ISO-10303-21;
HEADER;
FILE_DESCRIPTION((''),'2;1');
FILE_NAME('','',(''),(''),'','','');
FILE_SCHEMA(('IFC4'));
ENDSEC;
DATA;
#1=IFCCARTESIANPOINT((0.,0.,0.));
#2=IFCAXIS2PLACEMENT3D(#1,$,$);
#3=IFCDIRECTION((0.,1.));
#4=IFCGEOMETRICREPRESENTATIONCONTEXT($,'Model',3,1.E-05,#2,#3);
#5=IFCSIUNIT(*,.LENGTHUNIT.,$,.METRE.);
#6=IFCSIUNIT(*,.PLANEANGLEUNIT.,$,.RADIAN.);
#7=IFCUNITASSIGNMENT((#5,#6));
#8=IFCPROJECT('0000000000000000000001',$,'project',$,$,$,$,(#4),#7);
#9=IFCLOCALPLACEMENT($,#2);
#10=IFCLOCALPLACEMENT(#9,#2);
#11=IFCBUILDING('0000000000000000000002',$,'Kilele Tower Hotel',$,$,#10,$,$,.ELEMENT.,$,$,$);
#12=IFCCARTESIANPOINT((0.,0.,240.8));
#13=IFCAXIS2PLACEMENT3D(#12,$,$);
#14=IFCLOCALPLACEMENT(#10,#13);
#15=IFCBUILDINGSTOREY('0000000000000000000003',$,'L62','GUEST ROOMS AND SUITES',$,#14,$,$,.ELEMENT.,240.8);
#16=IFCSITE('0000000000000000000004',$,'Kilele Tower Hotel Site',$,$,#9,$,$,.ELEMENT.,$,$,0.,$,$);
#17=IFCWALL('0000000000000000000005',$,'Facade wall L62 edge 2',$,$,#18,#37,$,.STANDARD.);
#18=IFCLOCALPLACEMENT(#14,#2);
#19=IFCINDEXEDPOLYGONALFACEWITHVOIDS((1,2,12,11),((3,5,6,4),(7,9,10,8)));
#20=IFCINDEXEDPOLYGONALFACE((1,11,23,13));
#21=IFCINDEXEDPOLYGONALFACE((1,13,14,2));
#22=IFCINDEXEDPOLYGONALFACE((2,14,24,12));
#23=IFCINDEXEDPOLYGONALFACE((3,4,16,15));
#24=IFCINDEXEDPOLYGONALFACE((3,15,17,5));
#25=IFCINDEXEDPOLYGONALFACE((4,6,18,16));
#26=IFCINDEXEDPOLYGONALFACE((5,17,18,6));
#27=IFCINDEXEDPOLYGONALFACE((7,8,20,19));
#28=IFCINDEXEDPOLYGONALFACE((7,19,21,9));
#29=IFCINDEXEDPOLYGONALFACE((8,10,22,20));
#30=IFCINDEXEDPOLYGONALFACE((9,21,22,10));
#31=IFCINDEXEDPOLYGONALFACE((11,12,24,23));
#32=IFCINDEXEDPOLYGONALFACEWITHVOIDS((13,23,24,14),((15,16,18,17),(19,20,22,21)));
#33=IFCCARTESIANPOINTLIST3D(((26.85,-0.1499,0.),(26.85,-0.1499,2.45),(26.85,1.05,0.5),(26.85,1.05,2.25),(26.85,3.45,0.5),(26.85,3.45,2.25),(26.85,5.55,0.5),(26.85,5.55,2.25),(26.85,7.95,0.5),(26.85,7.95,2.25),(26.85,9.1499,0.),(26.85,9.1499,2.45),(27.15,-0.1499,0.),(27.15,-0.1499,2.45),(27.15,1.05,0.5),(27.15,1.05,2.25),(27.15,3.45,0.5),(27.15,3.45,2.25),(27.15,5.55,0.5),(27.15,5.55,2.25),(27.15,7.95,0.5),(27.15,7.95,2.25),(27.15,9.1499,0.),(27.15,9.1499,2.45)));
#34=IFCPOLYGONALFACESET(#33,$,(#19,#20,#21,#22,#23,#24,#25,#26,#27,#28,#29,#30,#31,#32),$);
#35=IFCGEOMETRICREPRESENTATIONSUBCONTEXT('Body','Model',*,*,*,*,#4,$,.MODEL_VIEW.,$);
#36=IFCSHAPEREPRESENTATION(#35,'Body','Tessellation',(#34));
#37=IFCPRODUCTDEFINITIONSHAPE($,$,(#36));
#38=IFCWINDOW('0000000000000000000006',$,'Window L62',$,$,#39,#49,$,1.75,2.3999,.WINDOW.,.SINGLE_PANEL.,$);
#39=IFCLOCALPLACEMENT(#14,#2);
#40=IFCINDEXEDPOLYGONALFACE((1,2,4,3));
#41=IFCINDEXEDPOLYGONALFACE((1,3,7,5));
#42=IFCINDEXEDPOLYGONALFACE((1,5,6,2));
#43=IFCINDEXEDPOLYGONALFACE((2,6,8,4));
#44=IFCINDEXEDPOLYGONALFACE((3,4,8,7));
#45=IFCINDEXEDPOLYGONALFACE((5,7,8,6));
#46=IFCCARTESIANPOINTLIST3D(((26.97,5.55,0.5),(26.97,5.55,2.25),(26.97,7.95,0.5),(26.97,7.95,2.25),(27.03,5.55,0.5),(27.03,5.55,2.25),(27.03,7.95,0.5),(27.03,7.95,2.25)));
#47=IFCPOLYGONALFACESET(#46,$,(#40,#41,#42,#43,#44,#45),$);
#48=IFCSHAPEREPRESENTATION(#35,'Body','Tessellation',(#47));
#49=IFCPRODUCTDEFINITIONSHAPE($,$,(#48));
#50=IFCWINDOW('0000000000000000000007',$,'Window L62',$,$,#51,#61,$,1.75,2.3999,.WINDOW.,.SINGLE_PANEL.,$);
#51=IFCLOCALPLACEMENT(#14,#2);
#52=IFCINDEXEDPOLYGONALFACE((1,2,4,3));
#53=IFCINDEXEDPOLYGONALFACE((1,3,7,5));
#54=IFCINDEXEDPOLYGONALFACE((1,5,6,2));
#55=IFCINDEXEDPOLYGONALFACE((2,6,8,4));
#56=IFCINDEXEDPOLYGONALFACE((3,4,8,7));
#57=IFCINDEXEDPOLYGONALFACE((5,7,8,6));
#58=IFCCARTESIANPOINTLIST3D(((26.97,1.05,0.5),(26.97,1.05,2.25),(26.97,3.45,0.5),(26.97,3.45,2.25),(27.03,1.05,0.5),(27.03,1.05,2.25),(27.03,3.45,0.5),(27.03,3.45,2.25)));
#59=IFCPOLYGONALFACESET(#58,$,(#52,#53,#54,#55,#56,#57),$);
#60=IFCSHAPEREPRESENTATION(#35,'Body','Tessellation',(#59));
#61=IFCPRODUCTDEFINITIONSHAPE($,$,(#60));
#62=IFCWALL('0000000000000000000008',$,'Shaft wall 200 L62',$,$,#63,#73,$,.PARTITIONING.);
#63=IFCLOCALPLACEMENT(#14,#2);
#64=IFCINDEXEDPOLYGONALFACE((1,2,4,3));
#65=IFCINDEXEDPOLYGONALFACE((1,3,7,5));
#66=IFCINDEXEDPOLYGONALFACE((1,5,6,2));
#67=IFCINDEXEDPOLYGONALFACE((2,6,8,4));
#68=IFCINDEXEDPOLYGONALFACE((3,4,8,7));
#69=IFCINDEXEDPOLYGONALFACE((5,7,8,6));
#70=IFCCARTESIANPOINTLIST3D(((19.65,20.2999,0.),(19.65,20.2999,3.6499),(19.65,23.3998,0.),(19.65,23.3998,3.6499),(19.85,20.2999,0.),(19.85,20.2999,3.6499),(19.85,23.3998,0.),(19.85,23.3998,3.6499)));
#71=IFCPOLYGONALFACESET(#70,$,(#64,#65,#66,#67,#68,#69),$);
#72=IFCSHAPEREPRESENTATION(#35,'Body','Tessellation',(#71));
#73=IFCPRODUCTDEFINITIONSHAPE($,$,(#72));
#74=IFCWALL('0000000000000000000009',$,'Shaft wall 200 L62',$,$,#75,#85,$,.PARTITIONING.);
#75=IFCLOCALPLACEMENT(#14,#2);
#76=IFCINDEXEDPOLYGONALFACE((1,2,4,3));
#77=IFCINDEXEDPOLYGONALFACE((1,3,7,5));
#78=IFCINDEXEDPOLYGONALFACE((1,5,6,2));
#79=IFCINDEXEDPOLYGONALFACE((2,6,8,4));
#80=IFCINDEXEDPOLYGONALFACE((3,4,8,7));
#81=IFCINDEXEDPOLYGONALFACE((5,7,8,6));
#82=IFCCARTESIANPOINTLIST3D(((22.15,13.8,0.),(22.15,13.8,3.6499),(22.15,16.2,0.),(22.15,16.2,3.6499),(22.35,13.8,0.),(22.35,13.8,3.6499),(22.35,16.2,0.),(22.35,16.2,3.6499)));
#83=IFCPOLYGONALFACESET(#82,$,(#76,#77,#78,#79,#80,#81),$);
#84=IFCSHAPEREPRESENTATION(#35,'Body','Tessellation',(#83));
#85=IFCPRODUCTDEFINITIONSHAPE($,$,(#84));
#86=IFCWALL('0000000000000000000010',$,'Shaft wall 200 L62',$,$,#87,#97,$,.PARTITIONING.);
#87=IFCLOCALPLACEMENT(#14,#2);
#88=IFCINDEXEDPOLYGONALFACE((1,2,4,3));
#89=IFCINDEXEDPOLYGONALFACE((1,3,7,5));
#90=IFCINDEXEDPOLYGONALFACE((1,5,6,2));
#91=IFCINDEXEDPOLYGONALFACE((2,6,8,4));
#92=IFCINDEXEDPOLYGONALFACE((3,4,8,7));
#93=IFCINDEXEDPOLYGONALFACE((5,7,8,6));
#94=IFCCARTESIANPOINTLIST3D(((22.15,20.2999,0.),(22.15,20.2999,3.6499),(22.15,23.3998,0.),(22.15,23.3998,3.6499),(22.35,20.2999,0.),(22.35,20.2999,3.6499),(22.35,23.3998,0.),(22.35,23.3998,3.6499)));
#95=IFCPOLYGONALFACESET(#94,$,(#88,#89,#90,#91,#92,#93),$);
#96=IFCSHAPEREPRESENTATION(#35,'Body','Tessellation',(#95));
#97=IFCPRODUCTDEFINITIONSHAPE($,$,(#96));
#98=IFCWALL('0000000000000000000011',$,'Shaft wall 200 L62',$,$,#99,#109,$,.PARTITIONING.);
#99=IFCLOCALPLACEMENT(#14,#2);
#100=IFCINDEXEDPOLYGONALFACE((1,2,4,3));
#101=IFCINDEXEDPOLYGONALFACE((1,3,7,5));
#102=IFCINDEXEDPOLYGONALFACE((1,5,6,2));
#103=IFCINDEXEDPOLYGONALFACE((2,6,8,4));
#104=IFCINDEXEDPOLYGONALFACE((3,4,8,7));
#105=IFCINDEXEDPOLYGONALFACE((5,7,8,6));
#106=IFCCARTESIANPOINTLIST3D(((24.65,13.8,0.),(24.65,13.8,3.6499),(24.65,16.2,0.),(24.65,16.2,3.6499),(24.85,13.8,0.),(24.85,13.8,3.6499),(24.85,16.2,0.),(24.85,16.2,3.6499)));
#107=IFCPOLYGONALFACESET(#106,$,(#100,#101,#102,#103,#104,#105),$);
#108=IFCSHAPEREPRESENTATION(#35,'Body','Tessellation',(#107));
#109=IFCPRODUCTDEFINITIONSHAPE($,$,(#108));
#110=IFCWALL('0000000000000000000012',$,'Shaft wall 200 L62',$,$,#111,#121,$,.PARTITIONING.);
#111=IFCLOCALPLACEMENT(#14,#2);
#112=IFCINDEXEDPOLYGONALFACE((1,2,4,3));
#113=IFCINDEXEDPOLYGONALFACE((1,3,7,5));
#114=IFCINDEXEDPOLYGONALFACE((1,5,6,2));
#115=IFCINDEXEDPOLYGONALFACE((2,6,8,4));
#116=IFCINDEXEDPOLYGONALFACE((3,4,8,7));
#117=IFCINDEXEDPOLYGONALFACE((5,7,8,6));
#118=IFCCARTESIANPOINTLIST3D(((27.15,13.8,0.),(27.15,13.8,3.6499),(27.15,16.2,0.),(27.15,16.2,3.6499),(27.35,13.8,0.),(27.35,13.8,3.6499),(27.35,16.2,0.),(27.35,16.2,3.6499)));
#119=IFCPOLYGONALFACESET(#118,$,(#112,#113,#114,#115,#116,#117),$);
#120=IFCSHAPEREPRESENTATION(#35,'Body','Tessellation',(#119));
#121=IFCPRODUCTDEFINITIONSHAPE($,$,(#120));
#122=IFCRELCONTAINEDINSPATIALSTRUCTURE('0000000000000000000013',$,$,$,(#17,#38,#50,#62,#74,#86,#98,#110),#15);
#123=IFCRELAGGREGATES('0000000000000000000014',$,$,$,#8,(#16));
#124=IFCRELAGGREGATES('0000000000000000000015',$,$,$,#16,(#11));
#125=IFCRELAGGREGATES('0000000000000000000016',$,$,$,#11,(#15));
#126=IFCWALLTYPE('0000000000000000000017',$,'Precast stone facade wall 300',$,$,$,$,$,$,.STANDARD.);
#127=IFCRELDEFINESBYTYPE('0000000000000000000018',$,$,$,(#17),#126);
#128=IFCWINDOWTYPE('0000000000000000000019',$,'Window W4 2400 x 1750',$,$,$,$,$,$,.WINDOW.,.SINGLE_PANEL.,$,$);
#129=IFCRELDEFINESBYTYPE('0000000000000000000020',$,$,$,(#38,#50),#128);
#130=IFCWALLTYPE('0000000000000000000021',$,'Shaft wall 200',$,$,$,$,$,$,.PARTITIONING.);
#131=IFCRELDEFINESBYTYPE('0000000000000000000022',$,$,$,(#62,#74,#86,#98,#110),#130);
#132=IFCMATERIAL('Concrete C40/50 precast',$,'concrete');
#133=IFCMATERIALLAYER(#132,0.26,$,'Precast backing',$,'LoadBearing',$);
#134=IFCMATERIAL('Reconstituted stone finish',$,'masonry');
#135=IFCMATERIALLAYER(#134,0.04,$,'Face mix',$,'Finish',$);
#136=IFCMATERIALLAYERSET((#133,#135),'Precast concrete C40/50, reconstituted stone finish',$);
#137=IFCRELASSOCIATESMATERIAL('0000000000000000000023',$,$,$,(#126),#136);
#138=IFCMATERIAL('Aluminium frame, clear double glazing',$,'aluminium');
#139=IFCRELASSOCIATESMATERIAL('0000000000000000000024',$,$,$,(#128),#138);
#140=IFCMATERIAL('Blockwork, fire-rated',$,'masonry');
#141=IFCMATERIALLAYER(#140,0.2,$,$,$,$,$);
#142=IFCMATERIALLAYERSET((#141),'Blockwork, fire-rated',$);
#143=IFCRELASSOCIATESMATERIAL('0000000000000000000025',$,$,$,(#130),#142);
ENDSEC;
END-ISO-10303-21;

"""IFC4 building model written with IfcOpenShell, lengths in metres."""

from ifc_helpers import new_model, si_unit, direction, frame, frame_2d, origin, place, context, subcontext, project, spatial, rectangle, extrude, material, layer, layer_set, type_object, element, fill, save


model = new_model("IFC4")

# Units and contexts
model_context = context("Model", 3, precision=1e-05, world=origin(), true_north=direction((0.0, 1.0)))
body_context = subcontext(model_context, "Body", "Model", "MODEL_VIEW")
ifc_project = project(units=[si_unit("LENGTHUNIT", "METRE"), si_unit("PLANEANGLEUNIT", "RADIAN")], contexts=[model_context])

# Site, building, storey
site_placement = place(None, origin())
site = spatial("IfcSite", under=ifc_project, at=site_placement, Name="Kilele Tower Hotel Site", CompositionType="ELEMENT", RefElevation=0.0)
building_placement = place(site_placement, origin())
building = spatial("IfcBuilding", under=site, at=building_placement, Name="Kilele Tower Hotel", CompositionType="ELEMENT")
storey_placement = place(building_placement, frame((0.0, 0.0, 240.8)))
storey = spatial("IfcBuildingStorey", under=building, at=storey_placement, Name="L62", Description="GUEST ROOMS AND SUITES", CompositionType="ELEMENT", Elevation=240.8)

# Wall, openings, windows
ifc_material_1 = material(Name="Concrete C40/50 precast", Category="concrete")
ifc_layer_1 = layer(ifc_material_1, 0.26, Name="Precast backing", Category="LoadBearing")
ifc_material_2 = material(Name="Reconstituted stone finish", Category="masonry")
ifc_layer_2 = layer(ifc_material_2, 0.04, Name="Face mix", Category="Finish")
ifc_layer_set_1 = layer_set([ifc_layer_1, ifc_layer_2], Name="Precast concrete C40/50, reconstituted stone finish")
wall_type_1 = type_object("IfcWallType", Name="Precast stone facade wall 300", PredefinedType="STANDARD", material=ifc_layer_set_1)
wall_1_placement = place(storey_placement, frame((27.0, 9.1499, 0.0), z_axis=(0.0, 0.0, 1.0), x_axis=(0.0, -1.0, 0.0)))
wall_1 = element("IfcWall", 1, at=wall_1_placement, inside=storey, type_object=wall_type_1, Name="Facade wall L62 edge 2", PredefinedType="STANDARD", context=body_context, shape_type="SweptSolid", body=[
    extrude(rectangle(XDim=9.2998, YDim=0.3, at=frame_2d((4.6499, 0.0))), origin(), (0.0, 0.0, 1.0), 2.45),
])
opening_1_placement = place(wall_1_placement, frame((1.2, 0.0, 0.5)))
opening_1 = element("IfcOpeningElement", 2, at=opening_1_placement, cuts=wall_1, PredefinedType="OPENING", context=body_context, shape_type="SweptSolid", body=[
    extrude(rectangle(XDim=2.3999, YDim=1.75, at=frame_2d((1.2, 0.875))), frame((0.0, 0.1599, 0.0), z_axis=(0.0, -1.0, 0.0), x_axis=(1.0, 0.0, 0.0)), (0.0, 0.0, 1.0), 0.3201),
])
opening_2_placement = place(wall_1_placement, frame((5.7, 0.0, 0.5)))
opening_2 = element("IfcOpeningElement", 3, at=opening_2_placement, cuts=wall_1, PredefinedType="OPENING", context=body_context, shape_type="SweptSolid", body=[
    extrude(rectangle(XDim=2.3999, YDim=1.75, at=frame_2d((1.2, 0.875))), frame((0.0, 0.1599, 0.0), z_axis=(0.0, -1.0, 0.0), x_axis=(1.0, 0.0, 0.0)), (0.0, 0.0, 1.0), 0.3201),
])
ifc_material_3 = material(Name="Aluminium frame, clear double glazing", Category="aluminium")
window_type = type_object("IfcWindowType", Name="Window W4 2400 x 1750", PartitioningType="SINGLE_PANEL", PredefinedType="WINDOW", material=ifc_material_3)
window_1_placement = place(opening_1_placement, origin())
window_1 = element("IfcWindow", 4, at=window_1_placement, inside=storey, type_object=window_type, Name="Window L62", OverallHeight=1.75, OverallWidth=2.3999, PartitioningType="SINGLE_PANEL", PredefinedType="WINDOW", context=body_context, shape_type="SweptSolid", body=[
    extrude(rectangle(XDim=2.3999, YDim=1.75, at=frame_2d((1.2, 0.875))), frame((0.0, 0.03, 0.0), z_axis=(0.0, -1.0, 0.0), x_axis=(1.0, 0.0, 0.0)), (0.0, 0.0, 1.0), 0.0601),
])
fill(opening_1, window_1)
window_2_placement = place(opening_2_placement, origin())
window_2 = element("IfcWindow", 5, at=window_2_placement, inside=storey, type_object=window_type, Name="Window L62", OverallHeight=1.75, OverallWidth=2.3999, PartitioningType="SINGLE_PANEL", PredefinedType="WINDOW", context=body_context, shape_type="SweptSolid", body=[
    extrude(rectangle(XDim=2.3999, YDim=1.75, at=frame_2d((1.2, 0.875))), frame((0.0, 0.03, 0.0), z_axis=(0.0, -1.0, 0.0), x_axis=(1.0, 0.0, 0.0)), (0.0, 0.0, 1.0), 0.0601),
])
fill(opening_2, window_2)

# Walls
ifc_material_4 = material(Name="Blockwork, fire-rated", Category="masonry")
ifc_layer_3 = layer(ifc_material_4, 0.2)
ifc_layer_set_2 = layer_set([ifc_layer_3], Name="Blockwork, fire-rated")
wall_type_2 = type_object("IfcWallType", Name="Shaft wall 200", PredefinedType="PARTITIONING", material=ifc_layer_set_2)
wall_2_placement = place(storey_placement, frame((19.75, 20.3, 0.0), z_axis=(0.0, 0.0, 1.0), x_axis=(0.0, 1.0, 0.0)))
element("IfcWall", 6, at=wall_2_placement, inside=storey, type_object=wall_type_2, Name="Shaft wall 200 L62", PredefinedType="PARTITIONING", context=body_context, shape_type="SweptSolid", body=[
    extrude(rectangle(XDim=3.0999, YDim=0.2, at=frame_2d((1.5498, 0.0))), origin(), (0.0, 0.0, 1.0), 3.6499),
])
wall_3_placement = place(storey_placement, frame((22.25, 13.8, 0.0), z_axis=(0.0, 0.0, 1.0), x_axis=(0.0, 1.0, 0.0)))
element("IfcWall", 7, at=wall_3_placement, inside=storey, type_object=wall_type_2, Name="Shaft wall 200 L62", PredefinedType="PARTITIONING", context=body_context, shape_type="SweptSolid", body=[
    extrude(rectangle(XDim=2.3999, YDim=0.2, at=frame_2d((1.2, 0.0))), origin(), (0.0, 0.0, 1.0), 3.6499),
])
wall_4_placement = place(storey_placement, frame((22.25, 20.3, 0.0), z_axis=(0.0, 0.0, 1.0), x_axis=(0.0, 1.0, 0.0)))
element("IfcWall", 8, at=wall_4_placement, inside=storey, type_object=wall_type_2, Name="Shaft wall 200 L62", PredefinedType="PARTITIONING", context=body_context, shape_type="SweptSolid", body=[
    extrude(rectangle(XDim=3.0999, YDim=0.2, at=frame_2d((1.5498, 0.0))), origin(), (0.0, 0.0, 1.0), 3.6499),
])
for number, where, z_axis, x_axis, name in (
    (9, (24.75, 13.8, 0.0), (0.0, 0.0, 1.0), (0.0, 1.0, 0.0), "Shaft wall 200 L62"),
    (10, (27.25, 13.8, 0.0), (0.0, 0.0, 1.0), (0.0, 1.0, 0.0), "Shaft wall 200 L62"),
):
    element("IfcWall", number, at=place(storey_placement, frame(where, z_axis=z_axis, x_axis=x_axis)), inside=storey, type_object=wall_type_2, Name=name, PredefinedType="PARTITIONING", context=body_context, shape_type="SweptSolid", body=[
        extrude(rectangle(XDim=2.3999, YDim=0.2, at=frame_2d((1.2, 0.0))), origin(), (0.0, 0.0, 1.0), 3.6499),
    ])

save(model, "model.ifc")
